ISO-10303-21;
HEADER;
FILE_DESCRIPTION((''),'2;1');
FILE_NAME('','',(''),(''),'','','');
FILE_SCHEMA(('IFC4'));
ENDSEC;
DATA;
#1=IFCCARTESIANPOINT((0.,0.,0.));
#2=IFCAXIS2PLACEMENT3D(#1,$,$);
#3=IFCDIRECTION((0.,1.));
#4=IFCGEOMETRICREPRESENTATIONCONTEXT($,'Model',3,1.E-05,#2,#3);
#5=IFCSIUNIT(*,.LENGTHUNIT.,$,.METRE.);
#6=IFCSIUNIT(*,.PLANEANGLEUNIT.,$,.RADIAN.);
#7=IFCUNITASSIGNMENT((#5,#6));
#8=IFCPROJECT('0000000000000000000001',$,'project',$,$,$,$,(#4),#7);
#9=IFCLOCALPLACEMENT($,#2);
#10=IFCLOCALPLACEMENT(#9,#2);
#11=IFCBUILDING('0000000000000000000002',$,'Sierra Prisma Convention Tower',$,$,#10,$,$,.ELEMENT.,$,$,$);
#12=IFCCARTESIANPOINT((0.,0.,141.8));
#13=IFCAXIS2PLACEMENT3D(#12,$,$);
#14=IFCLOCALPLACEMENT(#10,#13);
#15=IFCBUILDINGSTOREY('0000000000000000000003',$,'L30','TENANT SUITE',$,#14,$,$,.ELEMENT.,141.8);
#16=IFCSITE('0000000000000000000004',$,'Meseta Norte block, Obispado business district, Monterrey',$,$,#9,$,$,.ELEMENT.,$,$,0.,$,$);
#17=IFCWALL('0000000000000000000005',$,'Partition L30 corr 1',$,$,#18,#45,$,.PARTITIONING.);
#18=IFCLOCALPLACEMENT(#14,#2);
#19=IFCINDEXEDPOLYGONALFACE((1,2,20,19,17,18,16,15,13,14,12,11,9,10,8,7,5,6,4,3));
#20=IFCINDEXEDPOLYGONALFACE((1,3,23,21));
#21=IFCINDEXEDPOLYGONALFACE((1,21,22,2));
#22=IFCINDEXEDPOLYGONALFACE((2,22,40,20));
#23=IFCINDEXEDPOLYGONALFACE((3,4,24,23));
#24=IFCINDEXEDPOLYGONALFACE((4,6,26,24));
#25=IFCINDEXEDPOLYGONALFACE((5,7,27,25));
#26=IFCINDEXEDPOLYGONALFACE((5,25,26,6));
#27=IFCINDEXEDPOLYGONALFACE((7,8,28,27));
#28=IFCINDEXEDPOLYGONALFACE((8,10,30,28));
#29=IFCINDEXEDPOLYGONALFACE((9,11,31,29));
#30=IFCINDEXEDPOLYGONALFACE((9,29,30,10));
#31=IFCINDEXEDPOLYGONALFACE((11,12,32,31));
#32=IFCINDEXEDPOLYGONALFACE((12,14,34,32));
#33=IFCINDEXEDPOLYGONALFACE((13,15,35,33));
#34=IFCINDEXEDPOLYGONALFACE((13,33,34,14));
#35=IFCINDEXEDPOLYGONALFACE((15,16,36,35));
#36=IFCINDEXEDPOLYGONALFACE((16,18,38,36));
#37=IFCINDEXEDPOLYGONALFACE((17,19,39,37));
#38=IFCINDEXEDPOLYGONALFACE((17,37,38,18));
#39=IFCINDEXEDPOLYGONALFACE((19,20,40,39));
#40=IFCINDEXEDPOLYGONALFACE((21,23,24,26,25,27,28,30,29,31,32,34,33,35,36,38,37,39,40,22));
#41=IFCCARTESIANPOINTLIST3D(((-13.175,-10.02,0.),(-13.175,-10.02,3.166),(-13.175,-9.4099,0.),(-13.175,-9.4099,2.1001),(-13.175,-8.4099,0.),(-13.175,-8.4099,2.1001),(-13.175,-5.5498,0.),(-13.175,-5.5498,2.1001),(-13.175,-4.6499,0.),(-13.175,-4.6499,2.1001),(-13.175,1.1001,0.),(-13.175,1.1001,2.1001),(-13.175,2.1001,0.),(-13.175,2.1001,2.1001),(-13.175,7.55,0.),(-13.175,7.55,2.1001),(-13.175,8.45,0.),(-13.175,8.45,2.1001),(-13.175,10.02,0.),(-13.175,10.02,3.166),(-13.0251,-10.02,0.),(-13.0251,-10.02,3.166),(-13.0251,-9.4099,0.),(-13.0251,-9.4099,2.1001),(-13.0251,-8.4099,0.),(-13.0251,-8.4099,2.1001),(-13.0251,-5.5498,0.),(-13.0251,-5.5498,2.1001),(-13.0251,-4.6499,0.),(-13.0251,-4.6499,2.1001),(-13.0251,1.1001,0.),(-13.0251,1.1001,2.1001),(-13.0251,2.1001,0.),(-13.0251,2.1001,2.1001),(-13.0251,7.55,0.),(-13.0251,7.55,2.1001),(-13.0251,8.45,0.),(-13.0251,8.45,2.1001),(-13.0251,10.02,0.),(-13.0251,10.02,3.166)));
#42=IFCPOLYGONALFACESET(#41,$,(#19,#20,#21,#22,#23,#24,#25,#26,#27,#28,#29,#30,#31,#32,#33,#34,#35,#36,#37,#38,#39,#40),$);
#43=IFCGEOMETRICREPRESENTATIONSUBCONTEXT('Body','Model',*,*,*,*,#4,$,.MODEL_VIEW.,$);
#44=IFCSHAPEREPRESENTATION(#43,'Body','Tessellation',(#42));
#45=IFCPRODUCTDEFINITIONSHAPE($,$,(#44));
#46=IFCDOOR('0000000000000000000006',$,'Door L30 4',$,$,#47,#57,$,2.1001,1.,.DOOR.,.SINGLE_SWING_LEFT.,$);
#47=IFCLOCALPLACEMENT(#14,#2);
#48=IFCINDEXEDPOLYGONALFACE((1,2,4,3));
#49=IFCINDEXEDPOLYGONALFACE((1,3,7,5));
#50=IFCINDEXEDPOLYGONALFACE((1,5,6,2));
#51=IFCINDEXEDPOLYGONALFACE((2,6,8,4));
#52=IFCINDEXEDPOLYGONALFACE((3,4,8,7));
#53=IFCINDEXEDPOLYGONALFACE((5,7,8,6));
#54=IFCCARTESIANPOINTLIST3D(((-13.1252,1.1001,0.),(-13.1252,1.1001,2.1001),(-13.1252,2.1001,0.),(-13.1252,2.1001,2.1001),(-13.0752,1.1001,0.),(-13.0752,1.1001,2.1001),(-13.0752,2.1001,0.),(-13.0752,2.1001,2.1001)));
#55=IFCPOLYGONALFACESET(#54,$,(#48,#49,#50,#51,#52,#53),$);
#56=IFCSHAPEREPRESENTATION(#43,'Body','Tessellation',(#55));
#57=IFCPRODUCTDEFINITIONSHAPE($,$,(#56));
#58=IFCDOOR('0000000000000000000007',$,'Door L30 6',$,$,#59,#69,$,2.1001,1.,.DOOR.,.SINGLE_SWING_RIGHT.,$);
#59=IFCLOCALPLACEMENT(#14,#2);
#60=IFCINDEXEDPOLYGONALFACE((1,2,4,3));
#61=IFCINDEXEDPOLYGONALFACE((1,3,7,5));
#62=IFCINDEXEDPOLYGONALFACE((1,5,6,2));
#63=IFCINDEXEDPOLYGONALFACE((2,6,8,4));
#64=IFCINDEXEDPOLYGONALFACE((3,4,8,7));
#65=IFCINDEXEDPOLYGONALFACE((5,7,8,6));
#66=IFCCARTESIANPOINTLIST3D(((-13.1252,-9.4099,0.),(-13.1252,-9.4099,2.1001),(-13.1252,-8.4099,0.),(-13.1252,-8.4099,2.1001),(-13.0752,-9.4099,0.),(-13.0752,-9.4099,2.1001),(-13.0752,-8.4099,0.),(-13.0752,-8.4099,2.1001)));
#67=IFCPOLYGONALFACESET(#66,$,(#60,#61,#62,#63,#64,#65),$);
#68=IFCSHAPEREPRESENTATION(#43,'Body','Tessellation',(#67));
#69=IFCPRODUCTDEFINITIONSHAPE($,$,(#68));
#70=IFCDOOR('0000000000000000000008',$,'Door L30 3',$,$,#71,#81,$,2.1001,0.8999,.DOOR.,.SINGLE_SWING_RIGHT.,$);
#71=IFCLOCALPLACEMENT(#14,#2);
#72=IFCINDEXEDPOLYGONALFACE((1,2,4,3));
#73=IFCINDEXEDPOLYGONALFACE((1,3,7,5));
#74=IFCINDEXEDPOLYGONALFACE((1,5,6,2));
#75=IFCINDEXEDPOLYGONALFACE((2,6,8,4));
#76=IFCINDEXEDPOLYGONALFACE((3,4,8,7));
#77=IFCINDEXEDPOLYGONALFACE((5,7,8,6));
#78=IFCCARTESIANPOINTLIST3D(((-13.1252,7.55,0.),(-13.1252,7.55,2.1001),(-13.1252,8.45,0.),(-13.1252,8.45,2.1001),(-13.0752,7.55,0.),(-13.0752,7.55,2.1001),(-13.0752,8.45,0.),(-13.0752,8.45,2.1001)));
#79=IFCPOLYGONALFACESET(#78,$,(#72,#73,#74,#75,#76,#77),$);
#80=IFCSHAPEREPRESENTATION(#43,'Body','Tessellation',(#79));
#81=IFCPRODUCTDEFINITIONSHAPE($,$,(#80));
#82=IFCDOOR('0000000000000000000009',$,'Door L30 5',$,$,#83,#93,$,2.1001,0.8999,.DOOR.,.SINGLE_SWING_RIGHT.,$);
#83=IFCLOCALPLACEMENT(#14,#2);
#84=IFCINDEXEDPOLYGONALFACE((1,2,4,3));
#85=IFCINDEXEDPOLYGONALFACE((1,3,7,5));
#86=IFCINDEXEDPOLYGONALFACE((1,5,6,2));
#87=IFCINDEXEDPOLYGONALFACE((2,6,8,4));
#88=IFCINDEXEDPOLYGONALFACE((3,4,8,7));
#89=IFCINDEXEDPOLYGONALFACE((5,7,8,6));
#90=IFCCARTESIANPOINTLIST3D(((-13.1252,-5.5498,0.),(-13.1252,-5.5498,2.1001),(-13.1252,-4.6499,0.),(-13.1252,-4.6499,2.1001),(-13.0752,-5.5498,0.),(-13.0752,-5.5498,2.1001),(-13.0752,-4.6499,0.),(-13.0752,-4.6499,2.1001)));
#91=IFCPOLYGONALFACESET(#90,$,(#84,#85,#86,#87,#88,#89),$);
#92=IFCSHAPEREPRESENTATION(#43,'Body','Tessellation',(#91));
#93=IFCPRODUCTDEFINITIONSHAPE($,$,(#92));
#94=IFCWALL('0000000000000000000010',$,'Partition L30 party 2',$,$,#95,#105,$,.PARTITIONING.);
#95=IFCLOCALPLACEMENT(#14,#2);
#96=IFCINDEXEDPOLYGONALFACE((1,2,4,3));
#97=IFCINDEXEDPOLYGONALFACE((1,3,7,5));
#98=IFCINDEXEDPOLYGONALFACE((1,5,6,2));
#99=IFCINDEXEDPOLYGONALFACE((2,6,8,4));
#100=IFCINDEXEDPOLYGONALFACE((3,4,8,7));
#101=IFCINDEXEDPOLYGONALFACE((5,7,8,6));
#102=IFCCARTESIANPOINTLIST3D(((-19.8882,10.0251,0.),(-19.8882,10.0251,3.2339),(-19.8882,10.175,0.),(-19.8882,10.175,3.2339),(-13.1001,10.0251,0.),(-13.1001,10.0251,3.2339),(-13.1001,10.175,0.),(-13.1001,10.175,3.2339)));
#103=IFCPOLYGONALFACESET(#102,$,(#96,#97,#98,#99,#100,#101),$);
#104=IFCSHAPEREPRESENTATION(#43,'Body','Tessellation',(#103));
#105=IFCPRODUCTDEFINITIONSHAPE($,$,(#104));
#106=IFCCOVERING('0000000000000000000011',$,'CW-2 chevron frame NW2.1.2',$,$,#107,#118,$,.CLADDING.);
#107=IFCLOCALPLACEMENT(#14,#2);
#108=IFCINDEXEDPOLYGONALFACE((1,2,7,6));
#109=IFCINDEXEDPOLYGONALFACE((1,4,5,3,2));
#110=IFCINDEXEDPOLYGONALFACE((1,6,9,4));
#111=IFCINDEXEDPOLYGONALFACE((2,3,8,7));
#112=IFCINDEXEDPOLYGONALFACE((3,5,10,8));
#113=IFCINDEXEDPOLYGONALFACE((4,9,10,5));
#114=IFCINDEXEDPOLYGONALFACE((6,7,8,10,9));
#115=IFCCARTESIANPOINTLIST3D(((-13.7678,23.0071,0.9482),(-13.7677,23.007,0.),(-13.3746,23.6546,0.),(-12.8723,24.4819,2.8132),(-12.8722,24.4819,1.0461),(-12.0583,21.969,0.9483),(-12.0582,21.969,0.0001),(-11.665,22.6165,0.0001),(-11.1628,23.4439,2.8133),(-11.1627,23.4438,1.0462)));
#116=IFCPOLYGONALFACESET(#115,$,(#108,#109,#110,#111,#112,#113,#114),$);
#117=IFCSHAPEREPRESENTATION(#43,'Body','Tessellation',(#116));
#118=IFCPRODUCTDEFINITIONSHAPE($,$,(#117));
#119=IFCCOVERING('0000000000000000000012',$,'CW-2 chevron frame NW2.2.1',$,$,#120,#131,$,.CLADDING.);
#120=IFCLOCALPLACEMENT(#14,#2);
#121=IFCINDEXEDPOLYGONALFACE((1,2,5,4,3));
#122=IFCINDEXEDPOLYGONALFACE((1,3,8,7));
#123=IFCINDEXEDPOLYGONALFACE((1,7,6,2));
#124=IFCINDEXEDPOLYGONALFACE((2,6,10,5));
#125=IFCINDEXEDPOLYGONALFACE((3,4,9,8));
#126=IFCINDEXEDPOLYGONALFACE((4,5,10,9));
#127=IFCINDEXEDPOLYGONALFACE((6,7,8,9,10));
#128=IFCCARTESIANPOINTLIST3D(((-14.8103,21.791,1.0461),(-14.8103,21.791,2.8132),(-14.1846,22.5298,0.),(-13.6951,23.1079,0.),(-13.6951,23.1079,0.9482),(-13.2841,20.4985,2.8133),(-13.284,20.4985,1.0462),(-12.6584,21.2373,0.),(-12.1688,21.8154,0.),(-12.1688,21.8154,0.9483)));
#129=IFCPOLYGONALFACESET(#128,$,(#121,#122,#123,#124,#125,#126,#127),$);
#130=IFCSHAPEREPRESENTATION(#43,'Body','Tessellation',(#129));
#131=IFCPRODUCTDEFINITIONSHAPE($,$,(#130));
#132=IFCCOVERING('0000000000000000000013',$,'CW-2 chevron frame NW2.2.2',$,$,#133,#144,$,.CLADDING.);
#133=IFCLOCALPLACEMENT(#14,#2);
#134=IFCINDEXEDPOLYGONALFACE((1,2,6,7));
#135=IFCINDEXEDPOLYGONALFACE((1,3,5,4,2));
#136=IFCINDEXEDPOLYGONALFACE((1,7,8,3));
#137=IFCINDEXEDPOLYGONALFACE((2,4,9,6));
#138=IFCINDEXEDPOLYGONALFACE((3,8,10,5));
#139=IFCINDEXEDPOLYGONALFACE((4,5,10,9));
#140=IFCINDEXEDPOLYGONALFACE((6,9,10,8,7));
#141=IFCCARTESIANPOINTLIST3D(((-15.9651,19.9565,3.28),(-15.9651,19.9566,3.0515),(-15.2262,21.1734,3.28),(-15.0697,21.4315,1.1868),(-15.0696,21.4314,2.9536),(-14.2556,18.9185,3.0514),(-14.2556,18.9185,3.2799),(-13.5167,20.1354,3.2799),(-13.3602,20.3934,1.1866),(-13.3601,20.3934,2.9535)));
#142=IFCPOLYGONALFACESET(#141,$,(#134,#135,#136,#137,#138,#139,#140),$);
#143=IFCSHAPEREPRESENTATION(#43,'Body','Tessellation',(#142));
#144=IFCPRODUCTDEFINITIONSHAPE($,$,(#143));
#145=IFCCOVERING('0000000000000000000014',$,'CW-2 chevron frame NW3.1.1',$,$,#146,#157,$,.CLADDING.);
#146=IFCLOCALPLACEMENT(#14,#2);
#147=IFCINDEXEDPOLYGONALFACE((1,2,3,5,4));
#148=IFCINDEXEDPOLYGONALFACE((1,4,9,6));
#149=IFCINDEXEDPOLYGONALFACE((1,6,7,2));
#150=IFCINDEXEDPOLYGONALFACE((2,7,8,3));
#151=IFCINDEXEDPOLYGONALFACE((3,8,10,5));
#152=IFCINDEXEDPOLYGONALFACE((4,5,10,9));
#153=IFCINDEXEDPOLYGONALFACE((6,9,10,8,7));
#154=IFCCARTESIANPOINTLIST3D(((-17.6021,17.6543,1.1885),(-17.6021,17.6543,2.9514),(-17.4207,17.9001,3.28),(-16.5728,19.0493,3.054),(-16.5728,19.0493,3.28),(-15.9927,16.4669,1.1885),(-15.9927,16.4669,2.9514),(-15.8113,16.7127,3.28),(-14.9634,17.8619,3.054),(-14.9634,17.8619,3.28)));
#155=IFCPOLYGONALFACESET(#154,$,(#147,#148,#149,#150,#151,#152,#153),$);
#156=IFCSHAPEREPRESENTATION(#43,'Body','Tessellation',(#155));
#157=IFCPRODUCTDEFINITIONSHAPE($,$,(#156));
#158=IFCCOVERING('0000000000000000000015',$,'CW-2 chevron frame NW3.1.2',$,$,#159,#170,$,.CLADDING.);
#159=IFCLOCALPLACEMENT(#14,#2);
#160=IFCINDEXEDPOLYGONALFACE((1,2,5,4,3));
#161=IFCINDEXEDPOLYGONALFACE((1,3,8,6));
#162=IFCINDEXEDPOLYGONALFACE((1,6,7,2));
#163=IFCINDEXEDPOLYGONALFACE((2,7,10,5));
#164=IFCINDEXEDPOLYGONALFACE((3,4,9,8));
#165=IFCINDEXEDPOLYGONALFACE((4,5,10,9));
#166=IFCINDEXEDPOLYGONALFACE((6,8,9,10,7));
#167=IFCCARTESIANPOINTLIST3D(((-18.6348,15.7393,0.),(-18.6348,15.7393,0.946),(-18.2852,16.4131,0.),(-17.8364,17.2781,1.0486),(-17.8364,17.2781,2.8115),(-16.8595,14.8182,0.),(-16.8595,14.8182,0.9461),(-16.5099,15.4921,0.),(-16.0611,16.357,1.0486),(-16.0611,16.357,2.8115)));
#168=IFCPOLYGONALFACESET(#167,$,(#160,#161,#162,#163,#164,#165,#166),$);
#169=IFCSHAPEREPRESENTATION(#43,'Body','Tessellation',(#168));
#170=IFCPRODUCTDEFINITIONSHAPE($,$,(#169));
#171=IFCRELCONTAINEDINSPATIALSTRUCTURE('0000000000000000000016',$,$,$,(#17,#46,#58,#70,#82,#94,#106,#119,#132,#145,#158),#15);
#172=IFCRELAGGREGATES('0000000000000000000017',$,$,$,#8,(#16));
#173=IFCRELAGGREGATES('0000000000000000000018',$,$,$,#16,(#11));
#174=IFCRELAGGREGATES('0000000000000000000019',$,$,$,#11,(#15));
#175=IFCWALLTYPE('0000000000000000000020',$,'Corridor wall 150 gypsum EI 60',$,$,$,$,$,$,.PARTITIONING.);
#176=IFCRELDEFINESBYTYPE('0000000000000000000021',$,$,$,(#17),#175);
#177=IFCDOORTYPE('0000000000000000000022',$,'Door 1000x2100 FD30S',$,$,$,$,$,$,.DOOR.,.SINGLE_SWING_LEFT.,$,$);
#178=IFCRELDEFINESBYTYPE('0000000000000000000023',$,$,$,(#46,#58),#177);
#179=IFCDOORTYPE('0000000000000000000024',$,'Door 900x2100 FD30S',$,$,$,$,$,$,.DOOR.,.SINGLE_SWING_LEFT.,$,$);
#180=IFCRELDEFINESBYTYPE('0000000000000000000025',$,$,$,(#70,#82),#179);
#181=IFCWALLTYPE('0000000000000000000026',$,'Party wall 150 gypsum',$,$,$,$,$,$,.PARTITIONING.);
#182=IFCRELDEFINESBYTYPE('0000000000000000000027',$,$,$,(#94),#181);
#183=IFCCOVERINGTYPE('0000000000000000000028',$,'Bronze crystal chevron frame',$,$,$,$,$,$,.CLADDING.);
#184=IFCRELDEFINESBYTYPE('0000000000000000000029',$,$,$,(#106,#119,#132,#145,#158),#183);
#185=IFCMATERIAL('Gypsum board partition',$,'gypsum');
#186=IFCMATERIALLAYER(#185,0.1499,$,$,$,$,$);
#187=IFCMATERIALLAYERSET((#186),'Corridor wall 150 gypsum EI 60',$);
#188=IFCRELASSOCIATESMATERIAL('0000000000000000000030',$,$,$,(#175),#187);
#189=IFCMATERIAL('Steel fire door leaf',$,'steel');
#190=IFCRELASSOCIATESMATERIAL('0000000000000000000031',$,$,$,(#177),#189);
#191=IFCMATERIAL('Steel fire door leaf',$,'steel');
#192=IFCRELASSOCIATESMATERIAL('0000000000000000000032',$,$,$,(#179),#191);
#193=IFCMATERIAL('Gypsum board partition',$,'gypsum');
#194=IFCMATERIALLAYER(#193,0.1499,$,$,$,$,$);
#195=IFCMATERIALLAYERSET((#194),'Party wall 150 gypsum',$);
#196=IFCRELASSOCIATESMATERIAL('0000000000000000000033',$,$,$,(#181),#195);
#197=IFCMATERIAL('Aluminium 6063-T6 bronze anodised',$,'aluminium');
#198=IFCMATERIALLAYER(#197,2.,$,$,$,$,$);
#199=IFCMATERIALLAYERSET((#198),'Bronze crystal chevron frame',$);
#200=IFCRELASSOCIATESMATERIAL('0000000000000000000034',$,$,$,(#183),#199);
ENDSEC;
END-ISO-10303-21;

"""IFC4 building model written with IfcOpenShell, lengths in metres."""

from ifc_helpers import new_model, si_unit, direction, frame, frame_2d, origin, place, context, subcontext, project, spatial, polyline, rectangle, outline, extrude, material, layer, layer_set, type_object, element, fill, save


model = new_model("IFC4")

# Units and contexts
model_context = context("Model", 3, precision=1e-05, world=origin(), true_north=direction((0.0, 1.0)))
body_context = subcontext(model_context, "Body", "Model", "MODEL_VIEW")
ifc_project = project(units=[si_unit("LENGTHUNIT", "METRE"), si_unit("PLANEANGLEUNIT", "RADIAN")], contexts=[model_context])

# Site, building, storey
site_placement = place(None, origin())
site = spatial("IfcSite", under=ifc_project, at=site_placement, Name="Meseta Norte block, Obispado business district, Monterrey", CompositionType="ELEMENT", RefElevation=0.0)
building_placement = place(site_placement, origin())
building = spatial("IfcBuilding", under=site, at=building_placement, Name="Sierra Prisma Convention Tower", CompositionType="ELEMENT")
storey_placement = place(building_placement, frame((0.0, 0.0, 141.8)))
storey = spatial("IfcBuildingStorey", under=building, at=storey_placement, Name="L30", Description="TENANT SUITE", CompositionType="ELEMENT", Elevation=141.8)

# Wall, openings, doors
ifc_material_1 = material(Name="Gypsum board partition", Category="gypsum")
ifc_layer_1 = layer(ifc_material_1, 0.1499)
ifc_layer_set_1 = layer_set([ifc_layer_1], Name="Corridor wall 150 gypsum EI 60")
wall_type_1 = type_object("IfcWallType", Name="Corridor wall 150 gypsum EI 60", PredefinedType="PARTITIONING", material=ifc_layer_set_1)
wall_1_placement = place(storey_placement, frame((-13.1001, 10.02, 0.0), z_axis=(0.0, 0.0, 1.0), x_axis=(0.0, -1.0, 0.0)))
wall_1 = element("IfcWall", 1, at=wall_1_placement, inside=storey, type_object=wall_type_1, Name="Partition L30 corr 1", PredefinedType="PARTITIONING", context=body_context, shape_type="SweptSolid", body=[
    extrude(rectangle(XDim=20.04, YDim=0.1499, at=frame_2d((10.02, 0.0))), origin(), (0.0, 0.0, 1.0), 3.166),
])
opening_1_placement = place(wall_1_placement, frame((1.5701, 0.0, 0.0)))
opening_1 = element("IfcOpeningElement", 2, at=opening_1_placement, cuts=wall_1, PredefinedType="OPENING", context=body_context, shape_type="SweptSolid", body=[
    extrude(rectangle(XDim=0.8999, YDim=2.1001, at=frame_2d((0.45, 1.05))), frame((0.0, 0.075, 0.0), z_axis=(0.0, -1.0, 0.0), x_axis=(1.0, 0.0, 0.0)), (0.0, 0.0, 1.0), 0.1499),
])
opening_2_placement = place(wall_1_placement, frame((7.9199, 0.0, 0.0)))
opening_2 = element("IfcOpeningElement", 3, at=opening_2_placement, cuts=wall_1, PredefinedType="OPENING", context=body_context, shape_type="SweptSolid", body=[
    extrude(rectangle(XDim=1.0, YDim=2.1001, at=frame_2d((0.5, 1.05))), frame((0.0, 0.075, 0.0), z_axis=(0.0, -1.0, 0.0), x_axis=(1.0, 0.0, 0.0)), (0.0, 0.0, 1.0), 0.1499),
])
opening_3_placement = place(wall_1_placement, frame((14.6699, 0.0, 0.0)))
opening_3 = element("IfcOpeningElement", 4, at=opening_3_placement, cuts=wall_1, PredefinedType="OPENING", context=body_context, shape_type="SweptSolid", body=[
    extrude(rectangle(XDim=0.8999, YDim=2.1001, at=frame_2d((0.45, 1.05))), frame((0.0, 0.075, 0.0), z_axis=(0.0, -1.0, 0.0), x_axis=(1.0, 0.0, 0.0)), (0.0, 0.0, 1.0), 0.1499),
])
opening_4_placement = place(wall_1_placement, frame((18.4299, 0.0, 0.0)))
opening_4 = element("IfcOpeningElement", 5, at=opening_4_placement, cuts=wall_1, PredefinedType="OPENING", context=body_context, shape_type="SweptSolid", body=[
    extrude(rectangle(XDim=1.0, YDim=2.1001, at=frame_2d((0.5, 1.05))), frame((0.0, 0.075, 0.0), z_axis=(0.0, -1.0, 0.0), x_axis=(1.0, 0.0, 0.0)), (0.0, 0.0, 1.0), 0.1499),
])
ifc_material_2 = material(Name="Steel fire door leaf", Category="steel")
door_type_1 = type_object("IfcDoorType", Name="Door 1000x2100 FD30S", OperationType="SINGLE_SWING_LEFT", PredefinedType="DOOR", material=ifc_material_2)
door_1_placement = place(opening_2_placement, origin())
door_1 = element("IfcDoor", 6, at=door_1_placement, inside=storey, type_object=door_type_1, Name="Door L30 4", OperationType="SINGLE_SWING_LEFT", OverallHeight=2.1001, OverallWidth=1.0, PredefinedType="DOOR", context=body_context, shape_type="SweptSolid", body=[
    extrude(rectangle(XDim=1.0, YDim=2.1001, at=frame_2d((0.5, 1.05))), frame((0.0, 0.0249, 0.0), z_axis=(0.0, -1.0, 0.0), x_axis=(1.0, 0.0, 0.0)), (0.0, 0.0, 1.0), 0.05),
])
fill(opening_2, door_1)
door_2_placement = place(opening_4_placement, origin())
door_2 = element("IfcDoor", 7, at=door_2_placement, inside=storey, type_object=door_type_1, Name="Door L30 6", OperationType="SINGLE_SWING_RIGHT", OverallHeight=2.1001, OverallWidth=1.0, PredefinedType="DOOR", context=body_context, shape_type="SweptSolid", body=[
    extrude(rectangle(XDim=1.0, YDim=2.1001, at=frame_2d((0.5, 1.05))), frame((0.0, 0.0249, 0.0), z_axis=(0.0, -1.0, 0.0), x_axis=(1.0, 0.0, 0.0)), (0.0, 0.0, 1.0), 0.05),
])
fill(opening_4, door_2)
ifc_material_3 = material(Name="Steel fire door leaf", Category="steel")
door_type_2 = type_object("IfcDoorType", Name="Door 900x2100 FD30S", OperationType="SINGLE_SWING_LEFT", PredefinedType="DOOR", material=ifc_material_3)
door_3_placement = place(opening_1_placement, origin())
door_3 = element("IfcDoor", 8, at=door_3_placement, inside=storey, type_object=door_type_2, Name="Door L30 3", OperationType="SINGLE_SWING_RIGHT", OverallHeight=2.1001, OverallWidth=0.8999, PredefinedType="DOOR", context=body_context, shape_type="SweptSolid", body=[
    extrude(rectangle(XDim=0.8999, YDim=2.1001, at=frame_2d((0.45, 1.05))), frame((0.0, 0.0249, 0.0), z_axis=(0.0, -1.0, 0.0), x_axis=(1.0, 0.0, 0.0)), (0.0, 0.0, 1.0), 0.05),
])
fill(opening_1, door_3)
door_4_placement = place(opening_3_placement, origin())
door_4 = element("IfcDoor", 9, at=door_4_placement, inside=storey, type_object=door_type_2, Name="Door L30 5", OperationType="SINGLE_SWING_RIGHT", OverallHeight=2.1001, OverallWidth=0.8999, PredefinedType="DOOR", context=body_context, shape_type="SweptSolid", body=[
    extrude(rectangle(XDim=0.8999, YDim=2.1001, at=frame_2d((0.45, 1.05))), frame((0.0, 0.0249, 0.0), z_axis=(0.0, -1.0, 0.0), x_axis=(1.0, 0.0, 0.0)), (0.0, 0.0, 1.0), 0.05),
])
fill(opening_3, door_4)

# Wall
ifc_material_4 = material(Name="Gypsum board partition", Category="gypsum")
ifc_layer_2 = layer(ifc_material_4, 0.1499)
ifc_layer_set_2 = layer_set([ifc_layer_2], Name="Party wall 150 gypsum")
wall_type_2 = type_object("IfcWallType", Name="Party wall 150 gypsum", PredefinedType="PARTITIONING", material=ifc_layer_set_2)
wall_2_placement = place(storey_placement, frame((-13.1001, 10.1001, 0.0), z_axis=(0.0, 0.0, 1.0), x_axis=(-1.0, 0.0, 0.0)))
element("IfcWall", 10, at=wall_2_placement, inside=storey, type_object=wall_type_2, Name="Partition L30 party 2", PredefinedType="PARTITIONING", context=body_context, shape_type="SweptSolid", body=[
    extrude(rectangle(XDim=6.7881, YDim=0.1499, at=frame_2d((3.394, 0.0))), origin(), (0.0, 0.0, 1.0), 3.2339),
])

# Coverings
ifc_material_5 = material(Name="Aluminium 6063-T6 bronze anodised", Category="aluminium")
ifc_layer_3 = layer(ifc_material_5, 2.0)
ifc_layer_set_3 = layer_set([ifc_layer_3], Name="Bronze crystal chevron frame")
covering_type = type_object("IfcCoveringType", Name="Bronze crystal chevron frame", PredefinedType="CLADDING", material=ifc_layer_set_3)
covering_1_placement = place(storey_placement, frame((-12.8723, 24.4819, 2.8132), z_axis=(-0.854756, 0.519029, -0.000049), x_axis=(0.000042, -0.000025, -1.0)))
element("IfcCovering", 11, at=covering_1_placement, inside=storey, type_object=covering_type, Name="CW-2 chevron frame NW2.1.2", PredefinedType="CLADDING", context=body_context, shape_type="SweptSolid", body=[
    extrude(outline(polyline([(0.0, 0.0), (1.7671, 0.0), (2.8132, 0.9679), (2.8132, 1.7254), (1.865, 1.7254), (0.0, 0.0)])), origin(), (0.0, 0.0, -1.0), 2.0),
])
covering_2_placement = place(storey_placement, frame((-13.6951, 23.1079, 0.0), z_axis=(-0.763127, 0.646249, -0.000022), x_axis=(-0.646249, -0.763127, 0.0)))
element("IfcCovering", 12, at=covering_2_placement, inside=storey, type_object=covering_type, Name="CW-2 chevron frame NW2.2.1", PredefinedType="CLADDING", context=body_context, shape_type="SweptSolid", body=[
    extrude(outline(polyline([(0.0, 0.0), (0.7575, 0.0), (1.7257, 1.0461), (1.7257, 2.8132), (0.0, 0.9482), (0.0, 0.0)])), origin(), (0.0, 0.0, -1.0), 2.0),
])
covering_3_placement = place(storey_placement, frame((-15.9651, 19.9565, 3.28), z_axis=(-0.854765, 0.519016, 0.000073), x_axis=(0.519016, 0.854765, 0.0)))
element("IfcCovering", 13, at=covering_3_placement, inside=storey, type_object=covering_type, Name="CW-2 chevron frame NW2.2.2", PredefinedType="CLADDING", context=body_context, shape_type="SweptSolid", body=[
    extrude(outline(polyline([(0.0, 0.0), (1.4236, 0.0), (1.7254, 0.3264), (1.7254, 2.0933), (0.0, 0.2285), (0.0, 0.0)])), origin(), (0.0, 0.0, -1.0), 2.0),
])
covering_4_placement = place(storey_placement, frame((-16.5728, 19.0493, 3.28), z_axis=(-0.804673, 0.593718, 0.0), x_axis=(0.0, 0.0, -1.0)))
element("IfcCovering", 14, at=covering_4_placement, inside=storey, type_object=covering_type, Name="CW-2 chevron frame NW3.1.1", PredefinedType="CLADDING", context=body_context, shape_type="SweptSolid", body=[
    extrude(outline(polyline([(0.0, 0.0), (0.2261, 0.0), (2.0916, 1.7336), (0.3286, 1.7336), (0.0, 1.4281), (0.0, 0.0)])), origin(), (0.0, 0.0, -1.0), 2.0),
])
covering_5_placement = place(storey_placement, frame((-17.8364, 17.2781, 2.8115), z_axis=(-0.88765, 0.460519, -0.000008), x_axis=(0.000007, -0.000003, -1.0)))
element("IfcCovering", 15, at=covering_5_placement, inside=storey, type_object=covering_type, Name="CW-2 chevron frame NW3.1.2", PredefinedType="CLADDING", context=body_context, shape_type="SweptSolid", body=[
    extrude(outline(polyline([(0.0, 0.0), (1.7629, 0.0), (2.8115, 0.9745), (2.8115, 1.7336), (1.8655, 1.7336), (0.0, 0.0)])), origin(), (0.0, 0.0, -1.0), 2.0),
])

save(model, "model.ifc")
